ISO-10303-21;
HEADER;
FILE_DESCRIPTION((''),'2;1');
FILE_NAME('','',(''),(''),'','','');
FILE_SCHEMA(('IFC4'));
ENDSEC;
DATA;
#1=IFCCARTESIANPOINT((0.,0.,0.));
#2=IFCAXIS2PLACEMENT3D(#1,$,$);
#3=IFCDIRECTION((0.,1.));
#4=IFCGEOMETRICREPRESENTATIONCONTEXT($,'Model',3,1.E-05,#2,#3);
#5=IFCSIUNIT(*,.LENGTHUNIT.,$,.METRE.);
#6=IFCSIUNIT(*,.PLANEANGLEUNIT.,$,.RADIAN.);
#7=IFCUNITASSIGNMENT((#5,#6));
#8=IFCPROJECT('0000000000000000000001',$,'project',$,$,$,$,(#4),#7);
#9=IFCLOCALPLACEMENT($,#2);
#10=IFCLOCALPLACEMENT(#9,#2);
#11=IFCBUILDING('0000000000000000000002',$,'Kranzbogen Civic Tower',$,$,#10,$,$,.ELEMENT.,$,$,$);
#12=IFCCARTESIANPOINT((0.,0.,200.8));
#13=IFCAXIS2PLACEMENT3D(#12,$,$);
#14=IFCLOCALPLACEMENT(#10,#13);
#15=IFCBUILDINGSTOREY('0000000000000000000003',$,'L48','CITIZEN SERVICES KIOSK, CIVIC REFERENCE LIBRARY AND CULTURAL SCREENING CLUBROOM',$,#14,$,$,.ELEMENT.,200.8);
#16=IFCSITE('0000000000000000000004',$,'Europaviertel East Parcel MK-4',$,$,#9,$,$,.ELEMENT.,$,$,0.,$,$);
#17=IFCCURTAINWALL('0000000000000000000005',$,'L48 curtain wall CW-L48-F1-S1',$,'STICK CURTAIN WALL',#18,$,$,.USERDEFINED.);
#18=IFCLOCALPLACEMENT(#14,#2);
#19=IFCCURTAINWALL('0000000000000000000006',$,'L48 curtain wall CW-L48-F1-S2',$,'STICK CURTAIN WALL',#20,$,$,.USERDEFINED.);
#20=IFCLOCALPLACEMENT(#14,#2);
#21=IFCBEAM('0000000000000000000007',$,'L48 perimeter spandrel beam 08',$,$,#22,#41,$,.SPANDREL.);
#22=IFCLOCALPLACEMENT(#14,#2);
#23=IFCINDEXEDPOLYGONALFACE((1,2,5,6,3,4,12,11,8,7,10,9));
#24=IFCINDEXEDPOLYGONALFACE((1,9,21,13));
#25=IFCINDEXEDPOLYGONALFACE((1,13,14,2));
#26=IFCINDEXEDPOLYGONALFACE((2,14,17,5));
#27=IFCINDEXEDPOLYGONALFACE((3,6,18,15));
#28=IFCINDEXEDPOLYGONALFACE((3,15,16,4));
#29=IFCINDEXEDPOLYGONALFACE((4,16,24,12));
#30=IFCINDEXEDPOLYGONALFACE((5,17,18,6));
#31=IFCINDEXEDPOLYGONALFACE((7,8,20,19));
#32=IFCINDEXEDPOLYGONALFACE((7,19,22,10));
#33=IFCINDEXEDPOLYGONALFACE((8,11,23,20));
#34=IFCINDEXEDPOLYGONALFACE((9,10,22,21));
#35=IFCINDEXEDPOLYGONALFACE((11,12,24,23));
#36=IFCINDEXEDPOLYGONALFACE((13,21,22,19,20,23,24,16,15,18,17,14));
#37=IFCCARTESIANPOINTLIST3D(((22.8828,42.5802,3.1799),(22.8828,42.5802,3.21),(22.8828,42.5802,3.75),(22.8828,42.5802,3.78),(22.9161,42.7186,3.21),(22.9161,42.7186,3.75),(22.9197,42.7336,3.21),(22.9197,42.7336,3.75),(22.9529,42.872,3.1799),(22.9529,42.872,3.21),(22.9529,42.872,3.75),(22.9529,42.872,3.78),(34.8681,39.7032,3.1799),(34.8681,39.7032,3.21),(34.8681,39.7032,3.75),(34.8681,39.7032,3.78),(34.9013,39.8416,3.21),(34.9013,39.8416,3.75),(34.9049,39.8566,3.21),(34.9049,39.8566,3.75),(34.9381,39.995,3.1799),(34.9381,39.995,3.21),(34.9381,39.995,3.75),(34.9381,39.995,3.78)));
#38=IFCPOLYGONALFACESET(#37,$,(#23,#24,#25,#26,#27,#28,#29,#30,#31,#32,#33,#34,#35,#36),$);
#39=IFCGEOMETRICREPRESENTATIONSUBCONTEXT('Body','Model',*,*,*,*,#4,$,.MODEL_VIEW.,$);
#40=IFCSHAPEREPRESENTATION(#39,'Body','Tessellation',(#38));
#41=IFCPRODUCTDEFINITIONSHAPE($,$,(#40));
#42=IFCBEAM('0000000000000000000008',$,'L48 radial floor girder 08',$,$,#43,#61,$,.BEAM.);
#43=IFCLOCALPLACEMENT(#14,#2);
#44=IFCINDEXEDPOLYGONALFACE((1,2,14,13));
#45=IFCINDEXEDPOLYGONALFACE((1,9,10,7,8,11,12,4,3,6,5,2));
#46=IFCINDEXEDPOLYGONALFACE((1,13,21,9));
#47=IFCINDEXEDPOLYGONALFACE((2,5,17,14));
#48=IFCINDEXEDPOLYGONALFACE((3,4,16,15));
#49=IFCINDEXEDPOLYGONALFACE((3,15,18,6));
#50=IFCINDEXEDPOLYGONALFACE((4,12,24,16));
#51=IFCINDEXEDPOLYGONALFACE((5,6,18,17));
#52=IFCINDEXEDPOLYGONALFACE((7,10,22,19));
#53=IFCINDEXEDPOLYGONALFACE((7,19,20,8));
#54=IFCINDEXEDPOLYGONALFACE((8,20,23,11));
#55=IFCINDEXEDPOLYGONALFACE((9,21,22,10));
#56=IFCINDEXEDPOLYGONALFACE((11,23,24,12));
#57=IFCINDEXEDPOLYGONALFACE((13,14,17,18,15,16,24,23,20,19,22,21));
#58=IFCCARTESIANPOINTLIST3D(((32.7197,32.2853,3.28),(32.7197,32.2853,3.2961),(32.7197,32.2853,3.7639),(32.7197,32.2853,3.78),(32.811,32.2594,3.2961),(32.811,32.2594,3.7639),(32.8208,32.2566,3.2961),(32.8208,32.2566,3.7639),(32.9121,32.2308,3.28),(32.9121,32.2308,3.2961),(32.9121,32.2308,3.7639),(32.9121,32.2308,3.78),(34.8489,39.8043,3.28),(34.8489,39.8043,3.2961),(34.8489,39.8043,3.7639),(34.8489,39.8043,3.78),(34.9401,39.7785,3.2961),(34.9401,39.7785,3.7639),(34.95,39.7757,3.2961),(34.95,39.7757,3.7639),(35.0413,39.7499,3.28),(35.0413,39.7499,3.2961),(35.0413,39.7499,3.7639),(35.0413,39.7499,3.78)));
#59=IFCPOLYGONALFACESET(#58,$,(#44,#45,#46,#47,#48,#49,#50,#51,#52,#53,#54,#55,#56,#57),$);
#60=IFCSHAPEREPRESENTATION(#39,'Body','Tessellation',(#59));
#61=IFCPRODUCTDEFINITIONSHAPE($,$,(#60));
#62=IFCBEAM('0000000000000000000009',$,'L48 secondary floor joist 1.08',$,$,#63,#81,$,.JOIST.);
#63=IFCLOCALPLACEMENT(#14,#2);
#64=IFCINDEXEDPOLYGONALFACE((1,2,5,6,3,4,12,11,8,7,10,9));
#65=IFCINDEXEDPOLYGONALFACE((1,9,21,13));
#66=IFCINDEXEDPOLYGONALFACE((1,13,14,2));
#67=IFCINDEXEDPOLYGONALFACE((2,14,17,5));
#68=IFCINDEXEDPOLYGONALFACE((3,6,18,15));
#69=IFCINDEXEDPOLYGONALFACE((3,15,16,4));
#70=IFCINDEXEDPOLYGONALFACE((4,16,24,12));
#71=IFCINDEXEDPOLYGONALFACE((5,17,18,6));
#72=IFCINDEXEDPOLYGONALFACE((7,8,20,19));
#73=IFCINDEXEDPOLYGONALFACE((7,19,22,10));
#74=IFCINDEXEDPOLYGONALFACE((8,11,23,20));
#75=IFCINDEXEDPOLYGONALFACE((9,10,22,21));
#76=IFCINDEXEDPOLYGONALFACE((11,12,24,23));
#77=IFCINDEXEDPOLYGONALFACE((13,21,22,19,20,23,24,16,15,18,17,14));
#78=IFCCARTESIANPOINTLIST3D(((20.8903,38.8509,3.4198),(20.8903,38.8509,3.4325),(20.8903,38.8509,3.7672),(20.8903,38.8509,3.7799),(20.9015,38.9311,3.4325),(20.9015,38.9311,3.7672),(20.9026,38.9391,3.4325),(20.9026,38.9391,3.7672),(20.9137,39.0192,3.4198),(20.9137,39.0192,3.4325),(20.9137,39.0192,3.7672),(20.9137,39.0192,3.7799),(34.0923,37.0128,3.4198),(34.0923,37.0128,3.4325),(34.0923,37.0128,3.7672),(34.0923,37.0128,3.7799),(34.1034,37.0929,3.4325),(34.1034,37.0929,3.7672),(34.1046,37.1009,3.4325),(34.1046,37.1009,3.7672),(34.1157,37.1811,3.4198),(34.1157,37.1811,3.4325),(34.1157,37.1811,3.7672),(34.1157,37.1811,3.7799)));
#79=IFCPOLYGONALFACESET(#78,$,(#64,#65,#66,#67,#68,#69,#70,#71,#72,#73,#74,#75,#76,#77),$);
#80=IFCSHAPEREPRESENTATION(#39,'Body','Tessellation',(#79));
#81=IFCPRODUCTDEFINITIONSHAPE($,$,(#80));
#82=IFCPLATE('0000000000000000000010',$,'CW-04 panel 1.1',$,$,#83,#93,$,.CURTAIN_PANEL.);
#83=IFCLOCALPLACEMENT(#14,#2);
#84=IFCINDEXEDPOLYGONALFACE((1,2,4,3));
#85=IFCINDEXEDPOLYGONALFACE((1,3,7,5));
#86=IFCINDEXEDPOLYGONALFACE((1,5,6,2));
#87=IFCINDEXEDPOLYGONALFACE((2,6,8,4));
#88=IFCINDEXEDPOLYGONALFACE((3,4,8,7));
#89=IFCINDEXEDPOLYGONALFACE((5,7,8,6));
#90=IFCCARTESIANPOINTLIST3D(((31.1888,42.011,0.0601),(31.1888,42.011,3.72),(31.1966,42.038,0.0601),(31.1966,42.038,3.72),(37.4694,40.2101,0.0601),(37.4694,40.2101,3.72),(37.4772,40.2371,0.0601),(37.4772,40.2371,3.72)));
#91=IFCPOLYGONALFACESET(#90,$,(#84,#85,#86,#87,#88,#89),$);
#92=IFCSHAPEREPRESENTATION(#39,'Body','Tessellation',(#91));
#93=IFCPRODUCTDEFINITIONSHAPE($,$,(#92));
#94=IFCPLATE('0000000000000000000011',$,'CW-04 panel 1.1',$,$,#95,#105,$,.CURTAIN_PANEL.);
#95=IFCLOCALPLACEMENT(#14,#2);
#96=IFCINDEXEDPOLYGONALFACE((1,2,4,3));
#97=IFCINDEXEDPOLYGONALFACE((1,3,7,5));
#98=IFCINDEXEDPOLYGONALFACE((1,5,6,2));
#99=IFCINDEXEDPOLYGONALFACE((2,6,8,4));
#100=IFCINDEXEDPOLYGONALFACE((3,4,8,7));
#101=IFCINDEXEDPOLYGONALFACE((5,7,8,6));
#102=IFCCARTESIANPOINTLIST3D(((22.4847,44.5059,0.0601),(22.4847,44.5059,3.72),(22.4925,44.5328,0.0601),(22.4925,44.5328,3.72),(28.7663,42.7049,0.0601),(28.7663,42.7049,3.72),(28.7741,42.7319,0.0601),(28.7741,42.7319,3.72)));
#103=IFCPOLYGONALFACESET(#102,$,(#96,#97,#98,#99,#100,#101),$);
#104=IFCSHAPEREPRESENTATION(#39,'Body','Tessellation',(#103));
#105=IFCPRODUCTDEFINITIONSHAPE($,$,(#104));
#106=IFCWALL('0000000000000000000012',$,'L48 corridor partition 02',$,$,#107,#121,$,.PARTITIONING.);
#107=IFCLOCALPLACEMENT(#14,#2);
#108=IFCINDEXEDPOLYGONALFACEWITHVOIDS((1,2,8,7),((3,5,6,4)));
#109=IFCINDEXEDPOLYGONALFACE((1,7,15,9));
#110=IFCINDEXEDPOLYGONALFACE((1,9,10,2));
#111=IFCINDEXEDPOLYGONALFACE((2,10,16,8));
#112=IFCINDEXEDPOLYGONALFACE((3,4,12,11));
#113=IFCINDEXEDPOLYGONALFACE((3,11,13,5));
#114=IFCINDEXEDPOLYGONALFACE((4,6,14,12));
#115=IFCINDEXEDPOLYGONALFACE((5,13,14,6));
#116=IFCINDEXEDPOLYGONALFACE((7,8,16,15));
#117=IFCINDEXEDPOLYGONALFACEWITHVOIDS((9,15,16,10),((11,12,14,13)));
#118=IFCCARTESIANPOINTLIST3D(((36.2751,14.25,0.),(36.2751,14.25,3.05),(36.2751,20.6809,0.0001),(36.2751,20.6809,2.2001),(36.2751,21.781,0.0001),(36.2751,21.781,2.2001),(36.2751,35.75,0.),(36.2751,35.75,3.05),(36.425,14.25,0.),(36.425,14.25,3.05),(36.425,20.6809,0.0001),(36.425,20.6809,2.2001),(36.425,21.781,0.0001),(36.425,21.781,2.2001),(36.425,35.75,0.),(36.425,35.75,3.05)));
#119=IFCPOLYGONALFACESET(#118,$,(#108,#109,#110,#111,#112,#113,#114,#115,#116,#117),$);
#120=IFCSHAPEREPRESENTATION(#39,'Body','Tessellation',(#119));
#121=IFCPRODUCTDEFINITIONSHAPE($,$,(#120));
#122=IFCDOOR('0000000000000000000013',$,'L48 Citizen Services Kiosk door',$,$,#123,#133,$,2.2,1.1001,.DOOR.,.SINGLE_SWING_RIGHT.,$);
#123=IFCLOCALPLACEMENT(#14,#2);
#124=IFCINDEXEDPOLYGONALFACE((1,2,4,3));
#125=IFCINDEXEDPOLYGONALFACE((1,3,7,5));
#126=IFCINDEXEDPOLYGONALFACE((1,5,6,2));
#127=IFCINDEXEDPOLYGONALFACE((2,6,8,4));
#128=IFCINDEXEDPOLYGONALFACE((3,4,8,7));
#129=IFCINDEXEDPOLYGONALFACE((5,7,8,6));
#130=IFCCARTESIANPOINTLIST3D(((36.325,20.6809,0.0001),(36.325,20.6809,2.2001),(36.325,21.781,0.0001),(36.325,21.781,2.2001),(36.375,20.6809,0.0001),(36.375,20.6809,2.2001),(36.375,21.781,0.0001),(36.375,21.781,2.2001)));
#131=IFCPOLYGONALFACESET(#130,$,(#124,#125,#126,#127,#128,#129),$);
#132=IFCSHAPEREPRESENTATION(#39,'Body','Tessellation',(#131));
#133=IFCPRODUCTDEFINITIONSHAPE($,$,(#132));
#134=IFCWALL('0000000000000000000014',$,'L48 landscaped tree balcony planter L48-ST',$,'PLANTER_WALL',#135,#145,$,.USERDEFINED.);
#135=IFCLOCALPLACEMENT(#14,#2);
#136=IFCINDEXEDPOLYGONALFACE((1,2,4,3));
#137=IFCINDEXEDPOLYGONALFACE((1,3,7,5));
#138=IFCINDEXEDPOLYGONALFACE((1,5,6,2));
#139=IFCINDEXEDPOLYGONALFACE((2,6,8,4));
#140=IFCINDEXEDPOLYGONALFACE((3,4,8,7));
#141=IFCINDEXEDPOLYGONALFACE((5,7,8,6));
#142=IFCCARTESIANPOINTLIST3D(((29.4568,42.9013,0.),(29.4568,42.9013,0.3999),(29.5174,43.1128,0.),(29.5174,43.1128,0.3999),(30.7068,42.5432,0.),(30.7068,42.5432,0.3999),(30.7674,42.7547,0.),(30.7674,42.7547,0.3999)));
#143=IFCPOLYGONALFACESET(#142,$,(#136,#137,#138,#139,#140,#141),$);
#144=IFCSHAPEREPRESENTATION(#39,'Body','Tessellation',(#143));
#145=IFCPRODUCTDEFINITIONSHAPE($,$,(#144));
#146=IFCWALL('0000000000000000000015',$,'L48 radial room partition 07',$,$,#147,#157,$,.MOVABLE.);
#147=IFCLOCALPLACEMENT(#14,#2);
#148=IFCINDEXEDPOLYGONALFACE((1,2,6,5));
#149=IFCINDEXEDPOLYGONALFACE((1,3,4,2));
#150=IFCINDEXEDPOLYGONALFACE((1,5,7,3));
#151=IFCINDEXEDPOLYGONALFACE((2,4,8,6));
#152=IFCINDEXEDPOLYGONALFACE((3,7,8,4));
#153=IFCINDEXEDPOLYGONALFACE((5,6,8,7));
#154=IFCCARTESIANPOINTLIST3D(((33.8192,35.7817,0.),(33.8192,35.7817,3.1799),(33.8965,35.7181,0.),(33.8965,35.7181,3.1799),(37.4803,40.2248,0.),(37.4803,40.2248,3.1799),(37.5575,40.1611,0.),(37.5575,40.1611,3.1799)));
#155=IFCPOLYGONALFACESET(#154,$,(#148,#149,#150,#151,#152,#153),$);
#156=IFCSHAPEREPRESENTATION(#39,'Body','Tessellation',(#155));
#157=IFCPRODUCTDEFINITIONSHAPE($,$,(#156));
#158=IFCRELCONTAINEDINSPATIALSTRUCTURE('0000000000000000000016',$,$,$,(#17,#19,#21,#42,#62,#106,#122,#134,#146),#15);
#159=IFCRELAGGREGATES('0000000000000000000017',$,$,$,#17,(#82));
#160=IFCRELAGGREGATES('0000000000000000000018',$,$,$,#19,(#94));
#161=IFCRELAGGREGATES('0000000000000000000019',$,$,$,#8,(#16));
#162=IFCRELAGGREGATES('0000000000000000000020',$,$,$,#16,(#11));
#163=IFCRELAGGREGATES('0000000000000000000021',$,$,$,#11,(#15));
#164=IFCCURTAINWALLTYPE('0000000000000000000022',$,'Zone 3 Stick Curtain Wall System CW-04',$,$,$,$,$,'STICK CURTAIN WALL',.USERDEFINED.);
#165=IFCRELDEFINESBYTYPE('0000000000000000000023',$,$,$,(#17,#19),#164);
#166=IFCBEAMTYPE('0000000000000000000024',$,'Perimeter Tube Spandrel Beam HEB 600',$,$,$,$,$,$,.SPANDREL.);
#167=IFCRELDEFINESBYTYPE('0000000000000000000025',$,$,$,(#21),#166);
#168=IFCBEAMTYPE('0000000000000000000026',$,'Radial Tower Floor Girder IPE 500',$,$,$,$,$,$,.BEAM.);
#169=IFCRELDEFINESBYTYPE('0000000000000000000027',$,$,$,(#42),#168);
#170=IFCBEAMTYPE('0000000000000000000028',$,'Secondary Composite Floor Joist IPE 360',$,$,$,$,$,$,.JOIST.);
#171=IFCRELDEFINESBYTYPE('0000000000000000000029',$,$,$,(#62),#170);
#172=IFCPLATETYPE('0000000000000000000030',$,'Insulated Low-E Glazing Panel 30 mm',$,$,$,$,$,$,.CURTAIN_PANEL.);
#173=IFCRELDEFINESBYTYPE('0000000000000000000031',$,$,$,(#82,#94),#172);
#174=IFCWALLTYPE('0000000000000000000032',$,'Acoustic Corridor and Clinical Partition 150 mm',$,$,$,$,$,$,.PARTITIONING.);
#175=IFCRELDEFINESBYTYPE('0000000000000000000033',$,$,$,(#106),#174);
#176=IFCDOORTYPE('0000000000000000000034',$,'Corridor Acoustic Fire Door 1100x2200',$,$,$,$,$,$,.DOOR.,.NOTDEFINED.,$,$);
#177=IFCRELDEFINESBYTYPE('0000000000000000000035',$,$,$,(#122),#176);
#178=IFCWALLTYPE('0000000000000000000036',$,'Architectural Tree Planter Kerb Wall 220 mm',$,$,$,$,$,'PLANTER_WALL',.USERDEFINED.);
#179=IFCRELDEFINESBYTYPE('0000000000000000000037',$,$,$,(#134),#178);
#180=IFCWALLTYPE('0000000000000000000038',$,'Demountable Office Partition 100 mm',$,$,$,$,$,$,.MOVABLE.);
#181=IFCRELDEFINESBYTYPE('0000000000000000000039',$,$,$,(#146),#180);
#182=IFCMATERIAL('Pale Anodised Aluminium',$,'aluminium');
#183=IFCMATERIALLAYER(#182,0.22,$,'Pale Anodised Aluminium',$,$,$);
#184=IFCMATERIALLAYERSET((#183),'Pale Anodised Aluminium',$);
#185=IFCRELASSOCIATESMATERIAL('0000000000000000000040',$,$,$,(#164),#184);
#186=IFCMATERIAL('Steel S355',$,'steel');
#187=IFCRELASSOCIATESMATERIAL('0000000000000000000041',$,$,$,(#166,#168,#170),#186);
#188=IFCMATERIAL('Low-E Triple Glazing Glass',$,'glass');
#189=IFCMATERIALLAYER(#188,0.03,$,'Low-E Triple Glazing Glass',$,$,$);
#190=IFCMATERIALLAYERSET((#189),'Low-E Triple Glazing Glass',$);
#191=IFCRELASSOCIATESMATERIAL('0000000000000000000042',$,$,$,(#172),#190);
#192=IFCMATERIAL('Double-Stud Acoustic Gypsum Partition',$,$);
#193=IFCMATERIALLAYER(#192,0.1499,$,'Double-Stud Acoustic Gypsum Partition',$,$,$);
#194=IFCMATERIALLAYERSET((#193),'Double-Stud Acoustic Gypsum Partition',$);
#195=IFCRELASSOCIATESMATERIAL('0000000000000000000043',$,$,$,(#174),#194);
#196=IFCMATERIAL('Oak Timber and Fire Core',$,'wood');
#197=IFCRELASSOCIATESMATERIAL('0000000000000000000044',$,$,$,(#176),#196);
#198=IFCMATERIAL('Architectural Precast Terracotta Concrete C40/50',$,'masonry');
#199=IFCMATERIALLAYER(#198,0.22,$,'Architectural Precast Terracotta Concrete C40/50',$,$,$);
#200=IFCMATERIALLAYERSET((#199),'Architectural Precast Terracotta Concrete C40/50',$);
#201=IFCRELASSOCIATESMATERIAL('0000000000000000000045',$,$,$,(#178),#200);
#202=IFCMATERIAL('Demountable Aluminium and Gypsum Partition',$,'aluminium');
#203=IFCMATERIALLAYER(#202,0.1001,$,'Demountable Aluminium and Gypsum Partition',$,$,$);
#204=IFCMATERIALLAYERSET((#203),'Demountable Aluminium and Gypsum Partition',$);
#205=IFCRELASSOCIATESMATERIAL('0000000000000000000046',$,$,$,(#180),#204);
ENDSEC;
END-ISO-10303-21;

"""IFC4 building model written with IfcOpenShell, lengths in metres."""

from ifc_helpers import new_model, si_unit, direction, frame, frame_2d, origin, origin_2d, place, context, subcontext, project, spatial, rectangle, i_section, extrude, material, layer, layer_set, material_profile, profile_set, type_object, element, fill, aggregate, save


model = new_model("IFC4")

# Units and contexts
model_context = context("Model", 3, precision=1e-05, world=origin(), true_north=direction((0.0, 1.0)))
body_context = subcontext(model_context, "Body", "Model", "MODEL_VIEW")
ifc_project = project(units=[si_unit("LENGTHUNIT", "METRE"), si_unit("PLANEANGLEUNIT", "RADIAN")], contexts=[model_context])

# Site, building, storey
site_placement = place(None, origin())
site = spatial("IfcSite", under=ifc_project, at=site_placement, Name="Europaviertel East Parcel MK-4", CompositionType="ELEMENT", RefElevation=0.0)
building_placement = place(site_placement, origin())
building = spatial("IfcBuilding", under=site, at=building_placement, Name="Kranzbogen Civic Tower", CompositionType="ELEMENT")
storey_placement = place(building_placement, frame((0.0, 0.0, 200.8)))
storey = spatial("IfcBuildingStorey", under=building, at=storey_placement, Name="L48", Description="CITIZEN SERVICES KIOSK, CIVIC REFERENCE LIBRARY AND CULTURAL SCREENING CLUBROOM", CompositionType="ELEMENT", Elevation=200.8)

# Shared definitions
ifc_material_1 = material(Name="Steel S355", Category="steel")

# Curtain wall
ifc_material_2 = material(Name="Pale Anodised Aluminium", Category="aluminium")
ifc_layer_1 = layer(ifc_material_2, 0.22, Name="Pale Anodised Aluminium")
ifc_layer_set_1 = layer_set([ifc_layer_1], Name="Pale Anodised Aluminium")
curtain_wall_type = type_object("IfcCurtainWallType", Name="Zone 3 Stick Curtain Wall System CW-04", ElementType="STICK CURTAIN WALL", PredefinedType="USERDEFINED", material=ifc_layer_set_1)
curtain_wall_1_placement = place(storey_placement, origin())
curtain_wall_1 = element("IfcCurtainWall", 1, at=curtain_wall_1_placement, inside=storey, type_object=curtain_wall_type, Name="L48 curtain wall CW-L48-F1-S1", ObjectType="STICK CURTAIN WALL", PredefinedType="USERDEFINED")

# Curtain wall
curtain_wall_2_placement = place(storey_placement, origin())
curtain_wall_2 = element("IfcCurtainWall", 2, at=curtain_wall_2_placement, inside=storey, type_object=curtain_wall_type, Name="L48 curtain wall CW-L48-F1-S2", ObjectType="STICK CURTAIN WALL", PredefinedType="USERDEFINED")

# Beams
ifc_material_profile_1 = material_profile(ifc_material_1, i_section(OverallWidth=0.3, OverallDepth=0.6001, WebThickness=0.0154, FlangeThickness=0.03, at=origin_2d()), Name="HEB 600")
ifc_profile_set_1 = profile_set([ifc_material_profile_1], Name="Steel S355")
beam_type_1 = type_object("IfcBeamType", Name="Perimeter Tube Spandrel Beam HEB 600", PredefinedType="SPANDREL", material=ifc_profile_set_1)
beam_1_placement = place(storey_placement, frame((34.9031, 39.8491, 3.48), z_axis=(-0.972378, 0.233413, 0.0), x_axis=(-0.233413, -0.972378, 0.0)))
element("IfcBeam", 3, at=beam_1_placement, inside=storey, type_object=beam_type_1, Name="L48 perimeter spandrel beam 08", PredefinedType="SPANDREL", context=body_context, shape_type="SweptSolid", body=[
    extrude(i_section(OverallWidth=0.3, OverallDepth=0.6001, WebThickness=0.0154, FlangeThickness=0.03, at=origin_2d()), origin(), (0.0, 0.0, 1.0), 12.3257),
])
ifc_material_profile_2 = material_profile(ifc_material_1, i_section(OverallWidth=0.2, OverallDepth=0.5, WebThickness=0.0103, FlangeThickness=0.0161, at=origin_2d()), Name="IPE 500")
ifc_profile_set_2 = profile_set([ifc_material_profile_2], Name="Steel S355")
beam_type_2 = type_object("IfcBeamType", Name="Radial Tower Floor Girder IPE 500", PredefinedType="BEAM", material=ifc_profile_set_2)
beam_2_placement = place(storey_placement, frame((34.9451, 39.7771, 3.53), z_axis=(-0.272455, -0.962169, 0.0), x_axis=(0.962169, -0.272455, 0.0)))
element("IfcBeam", 4, at=beam_2_placement, inside=storey, type_object=beam_type_2, Name="L48 radial floor girder 08", PredefinedType="BEAM", context=body_context, shape_type="SweptSolid", body=[
    extrude(i_section(OverallWidth=0.2, OverallDepth=0.5, WebThickness=0.0103, FlangeThickness=0.0161, at=origin_2d()), origin(), (0.0, 0.0, 1.0), 7.8147),
])
ifc_material_profile_3 = material_profile(ifc_material_1, i_section(OverallWidth=0.1699, OverallDepth=0.3601, WebThickness=0.0081, FlangeThickness=0.0127, at=origin_2d()), Name="IPE 360")
ifc_profile_set_3 = profile_set([ifc_material_profile_3], Name="Steel S355")
beam_type_3 = type_object("IfcBeamType", Name="Secondary Composite Floor Joist IPE 360", PredefinedType="JOIST", material=ifc_profile_set_3)
beam_3_placement = place(storey_placement, frame((34.104, 37.0969, 3.5999), z_axis=(-0.990446, 0.137902, 0.0), x_axis=(-0.137902, -0.990446, 0.0)))
element("IfcBeam", 5, at=beam_3_placement, inside=storey, type_object=beam_type_3, Name="L48 secondary floor joist 1.08", PredefinedType="JOIST", context=body_context, shape_type="SweptSolid", body=[
    extrude(i_section(OverallWidth=0.1699, OverallDepth=0.3601, WebThickness=0.0081, FlangeThickness=0.0127, at=origin_2d()), origin(), (0.0, 0.0, 1.0), 13.3293),
])

# Plates
ifc_material_3 = material(Name="Low-E Triple Glazing Glass", Category="glass")
ifc_layer_2 = layer(ifc_material_3, 0.03, Name="Low-E Triple Glazing Glass")
ifc_layer_set_2 = layer_set([ifc_layer_2], Name="Low-E Triple Glazing Glass")
plate_type = type_object("IfcPlateType", Name="Insulated Low-E Glazing Panel 30 mm", PredefinedType="CURTAIN_PANEL", material=ifc_layer_set_2)
plate_1_placement = place(storey_placement, frame((34.333, 41.124, 0.0601), z_axis=(0.0, 0.0, 1.0), x_axis=(-0.961263, 0.275634, 0.0)))
plate_1 = element("IfcPlate", 6, at=plate_1_placement, type_object=plate_type, Name="CW-04 panel 1.1", PredefinedType="CURTAIN_PANEL", context=body_context, shape_type="SweptSolid", body=[
    extrude(rectangle(XDim=6.5337, YDim=0.0281, at=origin_2d()), origin(), (0.0, 0.0, 1.0), 3.6599),
])
aggregate(curtain_wall_1, [plate_1])
plate_2_placement = place(storey_placement, frame((25.6294, 43.6189, 0.0601), z_axis=(0.0, 0.0, 1.0), x_axis=(-0.961274, 0.275594, 0.0)))
plate_2 = element("IfcPlate", 7, at=plate_2_placement, type_object=plate_type, Name="CW-04 panel 1.1", PredefinedType="CURTAIN_PANEL", context=body_context, shape_type="SweptSolid", body=[
    extrude(rectangle(XDim=6.5347, YDim=0.0281, at=origin_2d()), origin(), (0.0, 0.0, 1.0), 3.6599),
])
aggregate(curtain_wall_2, [plate_2])

# Wall, opening, door
ifc_material_4 = material(Name="Double-Stud Acoustic Gypsum Partition")
ifc_layer_3 = layer(ifc_material_4, 0.1499, Name="Double-Stud Acoustic Gypsum Partition")
ifc_layer_set_3 = layer_set([ifc_layer_3], Name="Double-Stud Acoustic Gypsum Partition")
wall_type_1 = type_object("IfcWallType", Name="Acoustic Corridor and Clinical Partition 150 mm", PredefinedType="PARTITIONING", material=ifc_layer_set_3)
wall_1_placement = place(storey_placement, frame((36.3501, 35.75, 0.0), z_axis=(0.0, 0.0, 1.0), x_axis=(0.0, -1.0, 0.0)))
wall_1 = element("IfcWall", 8, at=wall_1_placement, inside=storey, type_object=wall_type_1, Name="L48 corridor partition 02", PredefinedType="PARTITIONING", context=body_context, shape_type="SweptSolid", body=[
    extrude(rectangle(XDim=21.5, YDim=0.1499, at=frame_2d((10.75, 0.0))), origin(), (0.0, 0.0, 1.0), 3.05),
])
opening_1_placement = place(wall_1_placement, frame((13.969, 0.0, 0.0)))
opening_1 = element("IfcOpeningElement", 9, at=opening_1_placement, cuts=wall_1, PredefinedType="OPENING", context=body_context, shape_type="SweptSolid", body=[
    extrude(rectangle(XDim=1.1001, YDim=2.2, at=frame_2d((0.55, 1.1001))), frame((0.0, 0.085, 0.0), z_axis=(0.0, -1.0, 0.0), x_axis=(1.0, 0.0, 0.0)), (0.0, 0.0, 1.0), 0.1699),
])
ifc_material_5 = material(Name="Oak Timber and Fire Core", Category="wood")
door_type_1 = type_object("IfcDoorType", Name="Corridor Acoustic Fire Door 1100x2200", OperationType="NOTDEFINED", PredefinedType="DOOR", material=ifc_material_5)
door_1_placement = place(opening_1_placement, origin())
door_1 = element("IfcDoor", 10, at=door_1_placement, inside=storey, type_object=door_type_1, Name="L48 Citizen Services Kiosk door", OperationType="SINGLE_SWING_RIGHT", OverallHeight=2.2, OverallWidth=1.1001, PredefinedType="DOOR", context=body_context, shape_type="SweptSolid", body=[
    extrude(rectangle(XDim=1.1001, YDim=2.2, at=frame_2d((0.55, 1.1001))), frame((0.0, 0.0249, 0.0), z_axis=(0.0, -1.0, 0.0), x_axis=(1.0, 0.0, 0.0)), (0.0, 0.0, 1.0), 0.05),
])
fill(opening_1, door_1)

# Walls
ifc_material_6 = material(Name="Architectural Precast Terracotta Concrete C40/50", Category="masonry")
ifc_layer_4 = layer(ifc_material_6, 0.22, Name="Architectural Precast Terracotta Concrete C40/50")
ifc_layer_set_4 = layer_set([ifc_layer_4], Name="Architectural Precast Terracotta Concrete C40/50")
wall_type_2 = type_object("IfcWallType", Name="Architectural Tree Planter Kerb Wall 220 mm", ElementType="PLANTER_WALL", PredefinedType="USERDEFINED", material=ifc_layer_set_4)
wall_2_placement = place(storey_placement, frame((30.7371, 42.6489, 0.0), z_axis=(0.0, 0.0, 1.0), x_axis=(-0.961318, 0.27544, 0.0)))
element("IfcWall", 11, at=wall_2_placement, inside=storey, type_object=wall_type_2, Name="L48 landscaped tree balcony planter L48-ST", ObjectType="PLANTER_WALL", PredefinedType="USERDEFINED", context=body_context, shape_type="SweptSolid", body=[
    extrude(rectangle(XDim=1.3003, YDim=0.22, at=frame_2d((0.6501, 0.0))), origin(), (0.0, 0.0, 1.0), 0.3999),
])
ifc_material_7 = material(Name="Demountable Aluminium and Gypsum Partition", Category="aluminium")
ifc_layer_5 = layer(ifc_material_7, 0.1001, Name="Demountable Aluminium and Gypsum Partition")
ifc_layer_set_5 = layer_set([ifc_layer_5], Name="Demountable Aluminium and Gypsum Partition")
wall_type_3 = type_object("IfcWallType", Name="Demountable Office Partition 100 mm", PredefinedType="MOVABLE", material=ifc_layer_set_5)
wall_3_placement = place(storey_placement, frame((33.8579, 35.75, 0.0), z_axis=(0.0, 0.0, 1.0), x_axis=(0.635924, 0.771751, 0.0)))
element("IfcWall", 12, at=wall_3_placement, inside=storey, type_object=wall_type_3, Name="L48 radial room partition 07", PredefinedType="MOVABLE", context=body_context, shape_type="SweptSolid", body=[
    extrude(rectangle(XDim=5.7571, YDim=0.1001, at=frame_2d((2.8784, 0.0))), origin(), (0.0, 0.0, 1.0), 3.1799),
])

save(model, "model.ifc")
